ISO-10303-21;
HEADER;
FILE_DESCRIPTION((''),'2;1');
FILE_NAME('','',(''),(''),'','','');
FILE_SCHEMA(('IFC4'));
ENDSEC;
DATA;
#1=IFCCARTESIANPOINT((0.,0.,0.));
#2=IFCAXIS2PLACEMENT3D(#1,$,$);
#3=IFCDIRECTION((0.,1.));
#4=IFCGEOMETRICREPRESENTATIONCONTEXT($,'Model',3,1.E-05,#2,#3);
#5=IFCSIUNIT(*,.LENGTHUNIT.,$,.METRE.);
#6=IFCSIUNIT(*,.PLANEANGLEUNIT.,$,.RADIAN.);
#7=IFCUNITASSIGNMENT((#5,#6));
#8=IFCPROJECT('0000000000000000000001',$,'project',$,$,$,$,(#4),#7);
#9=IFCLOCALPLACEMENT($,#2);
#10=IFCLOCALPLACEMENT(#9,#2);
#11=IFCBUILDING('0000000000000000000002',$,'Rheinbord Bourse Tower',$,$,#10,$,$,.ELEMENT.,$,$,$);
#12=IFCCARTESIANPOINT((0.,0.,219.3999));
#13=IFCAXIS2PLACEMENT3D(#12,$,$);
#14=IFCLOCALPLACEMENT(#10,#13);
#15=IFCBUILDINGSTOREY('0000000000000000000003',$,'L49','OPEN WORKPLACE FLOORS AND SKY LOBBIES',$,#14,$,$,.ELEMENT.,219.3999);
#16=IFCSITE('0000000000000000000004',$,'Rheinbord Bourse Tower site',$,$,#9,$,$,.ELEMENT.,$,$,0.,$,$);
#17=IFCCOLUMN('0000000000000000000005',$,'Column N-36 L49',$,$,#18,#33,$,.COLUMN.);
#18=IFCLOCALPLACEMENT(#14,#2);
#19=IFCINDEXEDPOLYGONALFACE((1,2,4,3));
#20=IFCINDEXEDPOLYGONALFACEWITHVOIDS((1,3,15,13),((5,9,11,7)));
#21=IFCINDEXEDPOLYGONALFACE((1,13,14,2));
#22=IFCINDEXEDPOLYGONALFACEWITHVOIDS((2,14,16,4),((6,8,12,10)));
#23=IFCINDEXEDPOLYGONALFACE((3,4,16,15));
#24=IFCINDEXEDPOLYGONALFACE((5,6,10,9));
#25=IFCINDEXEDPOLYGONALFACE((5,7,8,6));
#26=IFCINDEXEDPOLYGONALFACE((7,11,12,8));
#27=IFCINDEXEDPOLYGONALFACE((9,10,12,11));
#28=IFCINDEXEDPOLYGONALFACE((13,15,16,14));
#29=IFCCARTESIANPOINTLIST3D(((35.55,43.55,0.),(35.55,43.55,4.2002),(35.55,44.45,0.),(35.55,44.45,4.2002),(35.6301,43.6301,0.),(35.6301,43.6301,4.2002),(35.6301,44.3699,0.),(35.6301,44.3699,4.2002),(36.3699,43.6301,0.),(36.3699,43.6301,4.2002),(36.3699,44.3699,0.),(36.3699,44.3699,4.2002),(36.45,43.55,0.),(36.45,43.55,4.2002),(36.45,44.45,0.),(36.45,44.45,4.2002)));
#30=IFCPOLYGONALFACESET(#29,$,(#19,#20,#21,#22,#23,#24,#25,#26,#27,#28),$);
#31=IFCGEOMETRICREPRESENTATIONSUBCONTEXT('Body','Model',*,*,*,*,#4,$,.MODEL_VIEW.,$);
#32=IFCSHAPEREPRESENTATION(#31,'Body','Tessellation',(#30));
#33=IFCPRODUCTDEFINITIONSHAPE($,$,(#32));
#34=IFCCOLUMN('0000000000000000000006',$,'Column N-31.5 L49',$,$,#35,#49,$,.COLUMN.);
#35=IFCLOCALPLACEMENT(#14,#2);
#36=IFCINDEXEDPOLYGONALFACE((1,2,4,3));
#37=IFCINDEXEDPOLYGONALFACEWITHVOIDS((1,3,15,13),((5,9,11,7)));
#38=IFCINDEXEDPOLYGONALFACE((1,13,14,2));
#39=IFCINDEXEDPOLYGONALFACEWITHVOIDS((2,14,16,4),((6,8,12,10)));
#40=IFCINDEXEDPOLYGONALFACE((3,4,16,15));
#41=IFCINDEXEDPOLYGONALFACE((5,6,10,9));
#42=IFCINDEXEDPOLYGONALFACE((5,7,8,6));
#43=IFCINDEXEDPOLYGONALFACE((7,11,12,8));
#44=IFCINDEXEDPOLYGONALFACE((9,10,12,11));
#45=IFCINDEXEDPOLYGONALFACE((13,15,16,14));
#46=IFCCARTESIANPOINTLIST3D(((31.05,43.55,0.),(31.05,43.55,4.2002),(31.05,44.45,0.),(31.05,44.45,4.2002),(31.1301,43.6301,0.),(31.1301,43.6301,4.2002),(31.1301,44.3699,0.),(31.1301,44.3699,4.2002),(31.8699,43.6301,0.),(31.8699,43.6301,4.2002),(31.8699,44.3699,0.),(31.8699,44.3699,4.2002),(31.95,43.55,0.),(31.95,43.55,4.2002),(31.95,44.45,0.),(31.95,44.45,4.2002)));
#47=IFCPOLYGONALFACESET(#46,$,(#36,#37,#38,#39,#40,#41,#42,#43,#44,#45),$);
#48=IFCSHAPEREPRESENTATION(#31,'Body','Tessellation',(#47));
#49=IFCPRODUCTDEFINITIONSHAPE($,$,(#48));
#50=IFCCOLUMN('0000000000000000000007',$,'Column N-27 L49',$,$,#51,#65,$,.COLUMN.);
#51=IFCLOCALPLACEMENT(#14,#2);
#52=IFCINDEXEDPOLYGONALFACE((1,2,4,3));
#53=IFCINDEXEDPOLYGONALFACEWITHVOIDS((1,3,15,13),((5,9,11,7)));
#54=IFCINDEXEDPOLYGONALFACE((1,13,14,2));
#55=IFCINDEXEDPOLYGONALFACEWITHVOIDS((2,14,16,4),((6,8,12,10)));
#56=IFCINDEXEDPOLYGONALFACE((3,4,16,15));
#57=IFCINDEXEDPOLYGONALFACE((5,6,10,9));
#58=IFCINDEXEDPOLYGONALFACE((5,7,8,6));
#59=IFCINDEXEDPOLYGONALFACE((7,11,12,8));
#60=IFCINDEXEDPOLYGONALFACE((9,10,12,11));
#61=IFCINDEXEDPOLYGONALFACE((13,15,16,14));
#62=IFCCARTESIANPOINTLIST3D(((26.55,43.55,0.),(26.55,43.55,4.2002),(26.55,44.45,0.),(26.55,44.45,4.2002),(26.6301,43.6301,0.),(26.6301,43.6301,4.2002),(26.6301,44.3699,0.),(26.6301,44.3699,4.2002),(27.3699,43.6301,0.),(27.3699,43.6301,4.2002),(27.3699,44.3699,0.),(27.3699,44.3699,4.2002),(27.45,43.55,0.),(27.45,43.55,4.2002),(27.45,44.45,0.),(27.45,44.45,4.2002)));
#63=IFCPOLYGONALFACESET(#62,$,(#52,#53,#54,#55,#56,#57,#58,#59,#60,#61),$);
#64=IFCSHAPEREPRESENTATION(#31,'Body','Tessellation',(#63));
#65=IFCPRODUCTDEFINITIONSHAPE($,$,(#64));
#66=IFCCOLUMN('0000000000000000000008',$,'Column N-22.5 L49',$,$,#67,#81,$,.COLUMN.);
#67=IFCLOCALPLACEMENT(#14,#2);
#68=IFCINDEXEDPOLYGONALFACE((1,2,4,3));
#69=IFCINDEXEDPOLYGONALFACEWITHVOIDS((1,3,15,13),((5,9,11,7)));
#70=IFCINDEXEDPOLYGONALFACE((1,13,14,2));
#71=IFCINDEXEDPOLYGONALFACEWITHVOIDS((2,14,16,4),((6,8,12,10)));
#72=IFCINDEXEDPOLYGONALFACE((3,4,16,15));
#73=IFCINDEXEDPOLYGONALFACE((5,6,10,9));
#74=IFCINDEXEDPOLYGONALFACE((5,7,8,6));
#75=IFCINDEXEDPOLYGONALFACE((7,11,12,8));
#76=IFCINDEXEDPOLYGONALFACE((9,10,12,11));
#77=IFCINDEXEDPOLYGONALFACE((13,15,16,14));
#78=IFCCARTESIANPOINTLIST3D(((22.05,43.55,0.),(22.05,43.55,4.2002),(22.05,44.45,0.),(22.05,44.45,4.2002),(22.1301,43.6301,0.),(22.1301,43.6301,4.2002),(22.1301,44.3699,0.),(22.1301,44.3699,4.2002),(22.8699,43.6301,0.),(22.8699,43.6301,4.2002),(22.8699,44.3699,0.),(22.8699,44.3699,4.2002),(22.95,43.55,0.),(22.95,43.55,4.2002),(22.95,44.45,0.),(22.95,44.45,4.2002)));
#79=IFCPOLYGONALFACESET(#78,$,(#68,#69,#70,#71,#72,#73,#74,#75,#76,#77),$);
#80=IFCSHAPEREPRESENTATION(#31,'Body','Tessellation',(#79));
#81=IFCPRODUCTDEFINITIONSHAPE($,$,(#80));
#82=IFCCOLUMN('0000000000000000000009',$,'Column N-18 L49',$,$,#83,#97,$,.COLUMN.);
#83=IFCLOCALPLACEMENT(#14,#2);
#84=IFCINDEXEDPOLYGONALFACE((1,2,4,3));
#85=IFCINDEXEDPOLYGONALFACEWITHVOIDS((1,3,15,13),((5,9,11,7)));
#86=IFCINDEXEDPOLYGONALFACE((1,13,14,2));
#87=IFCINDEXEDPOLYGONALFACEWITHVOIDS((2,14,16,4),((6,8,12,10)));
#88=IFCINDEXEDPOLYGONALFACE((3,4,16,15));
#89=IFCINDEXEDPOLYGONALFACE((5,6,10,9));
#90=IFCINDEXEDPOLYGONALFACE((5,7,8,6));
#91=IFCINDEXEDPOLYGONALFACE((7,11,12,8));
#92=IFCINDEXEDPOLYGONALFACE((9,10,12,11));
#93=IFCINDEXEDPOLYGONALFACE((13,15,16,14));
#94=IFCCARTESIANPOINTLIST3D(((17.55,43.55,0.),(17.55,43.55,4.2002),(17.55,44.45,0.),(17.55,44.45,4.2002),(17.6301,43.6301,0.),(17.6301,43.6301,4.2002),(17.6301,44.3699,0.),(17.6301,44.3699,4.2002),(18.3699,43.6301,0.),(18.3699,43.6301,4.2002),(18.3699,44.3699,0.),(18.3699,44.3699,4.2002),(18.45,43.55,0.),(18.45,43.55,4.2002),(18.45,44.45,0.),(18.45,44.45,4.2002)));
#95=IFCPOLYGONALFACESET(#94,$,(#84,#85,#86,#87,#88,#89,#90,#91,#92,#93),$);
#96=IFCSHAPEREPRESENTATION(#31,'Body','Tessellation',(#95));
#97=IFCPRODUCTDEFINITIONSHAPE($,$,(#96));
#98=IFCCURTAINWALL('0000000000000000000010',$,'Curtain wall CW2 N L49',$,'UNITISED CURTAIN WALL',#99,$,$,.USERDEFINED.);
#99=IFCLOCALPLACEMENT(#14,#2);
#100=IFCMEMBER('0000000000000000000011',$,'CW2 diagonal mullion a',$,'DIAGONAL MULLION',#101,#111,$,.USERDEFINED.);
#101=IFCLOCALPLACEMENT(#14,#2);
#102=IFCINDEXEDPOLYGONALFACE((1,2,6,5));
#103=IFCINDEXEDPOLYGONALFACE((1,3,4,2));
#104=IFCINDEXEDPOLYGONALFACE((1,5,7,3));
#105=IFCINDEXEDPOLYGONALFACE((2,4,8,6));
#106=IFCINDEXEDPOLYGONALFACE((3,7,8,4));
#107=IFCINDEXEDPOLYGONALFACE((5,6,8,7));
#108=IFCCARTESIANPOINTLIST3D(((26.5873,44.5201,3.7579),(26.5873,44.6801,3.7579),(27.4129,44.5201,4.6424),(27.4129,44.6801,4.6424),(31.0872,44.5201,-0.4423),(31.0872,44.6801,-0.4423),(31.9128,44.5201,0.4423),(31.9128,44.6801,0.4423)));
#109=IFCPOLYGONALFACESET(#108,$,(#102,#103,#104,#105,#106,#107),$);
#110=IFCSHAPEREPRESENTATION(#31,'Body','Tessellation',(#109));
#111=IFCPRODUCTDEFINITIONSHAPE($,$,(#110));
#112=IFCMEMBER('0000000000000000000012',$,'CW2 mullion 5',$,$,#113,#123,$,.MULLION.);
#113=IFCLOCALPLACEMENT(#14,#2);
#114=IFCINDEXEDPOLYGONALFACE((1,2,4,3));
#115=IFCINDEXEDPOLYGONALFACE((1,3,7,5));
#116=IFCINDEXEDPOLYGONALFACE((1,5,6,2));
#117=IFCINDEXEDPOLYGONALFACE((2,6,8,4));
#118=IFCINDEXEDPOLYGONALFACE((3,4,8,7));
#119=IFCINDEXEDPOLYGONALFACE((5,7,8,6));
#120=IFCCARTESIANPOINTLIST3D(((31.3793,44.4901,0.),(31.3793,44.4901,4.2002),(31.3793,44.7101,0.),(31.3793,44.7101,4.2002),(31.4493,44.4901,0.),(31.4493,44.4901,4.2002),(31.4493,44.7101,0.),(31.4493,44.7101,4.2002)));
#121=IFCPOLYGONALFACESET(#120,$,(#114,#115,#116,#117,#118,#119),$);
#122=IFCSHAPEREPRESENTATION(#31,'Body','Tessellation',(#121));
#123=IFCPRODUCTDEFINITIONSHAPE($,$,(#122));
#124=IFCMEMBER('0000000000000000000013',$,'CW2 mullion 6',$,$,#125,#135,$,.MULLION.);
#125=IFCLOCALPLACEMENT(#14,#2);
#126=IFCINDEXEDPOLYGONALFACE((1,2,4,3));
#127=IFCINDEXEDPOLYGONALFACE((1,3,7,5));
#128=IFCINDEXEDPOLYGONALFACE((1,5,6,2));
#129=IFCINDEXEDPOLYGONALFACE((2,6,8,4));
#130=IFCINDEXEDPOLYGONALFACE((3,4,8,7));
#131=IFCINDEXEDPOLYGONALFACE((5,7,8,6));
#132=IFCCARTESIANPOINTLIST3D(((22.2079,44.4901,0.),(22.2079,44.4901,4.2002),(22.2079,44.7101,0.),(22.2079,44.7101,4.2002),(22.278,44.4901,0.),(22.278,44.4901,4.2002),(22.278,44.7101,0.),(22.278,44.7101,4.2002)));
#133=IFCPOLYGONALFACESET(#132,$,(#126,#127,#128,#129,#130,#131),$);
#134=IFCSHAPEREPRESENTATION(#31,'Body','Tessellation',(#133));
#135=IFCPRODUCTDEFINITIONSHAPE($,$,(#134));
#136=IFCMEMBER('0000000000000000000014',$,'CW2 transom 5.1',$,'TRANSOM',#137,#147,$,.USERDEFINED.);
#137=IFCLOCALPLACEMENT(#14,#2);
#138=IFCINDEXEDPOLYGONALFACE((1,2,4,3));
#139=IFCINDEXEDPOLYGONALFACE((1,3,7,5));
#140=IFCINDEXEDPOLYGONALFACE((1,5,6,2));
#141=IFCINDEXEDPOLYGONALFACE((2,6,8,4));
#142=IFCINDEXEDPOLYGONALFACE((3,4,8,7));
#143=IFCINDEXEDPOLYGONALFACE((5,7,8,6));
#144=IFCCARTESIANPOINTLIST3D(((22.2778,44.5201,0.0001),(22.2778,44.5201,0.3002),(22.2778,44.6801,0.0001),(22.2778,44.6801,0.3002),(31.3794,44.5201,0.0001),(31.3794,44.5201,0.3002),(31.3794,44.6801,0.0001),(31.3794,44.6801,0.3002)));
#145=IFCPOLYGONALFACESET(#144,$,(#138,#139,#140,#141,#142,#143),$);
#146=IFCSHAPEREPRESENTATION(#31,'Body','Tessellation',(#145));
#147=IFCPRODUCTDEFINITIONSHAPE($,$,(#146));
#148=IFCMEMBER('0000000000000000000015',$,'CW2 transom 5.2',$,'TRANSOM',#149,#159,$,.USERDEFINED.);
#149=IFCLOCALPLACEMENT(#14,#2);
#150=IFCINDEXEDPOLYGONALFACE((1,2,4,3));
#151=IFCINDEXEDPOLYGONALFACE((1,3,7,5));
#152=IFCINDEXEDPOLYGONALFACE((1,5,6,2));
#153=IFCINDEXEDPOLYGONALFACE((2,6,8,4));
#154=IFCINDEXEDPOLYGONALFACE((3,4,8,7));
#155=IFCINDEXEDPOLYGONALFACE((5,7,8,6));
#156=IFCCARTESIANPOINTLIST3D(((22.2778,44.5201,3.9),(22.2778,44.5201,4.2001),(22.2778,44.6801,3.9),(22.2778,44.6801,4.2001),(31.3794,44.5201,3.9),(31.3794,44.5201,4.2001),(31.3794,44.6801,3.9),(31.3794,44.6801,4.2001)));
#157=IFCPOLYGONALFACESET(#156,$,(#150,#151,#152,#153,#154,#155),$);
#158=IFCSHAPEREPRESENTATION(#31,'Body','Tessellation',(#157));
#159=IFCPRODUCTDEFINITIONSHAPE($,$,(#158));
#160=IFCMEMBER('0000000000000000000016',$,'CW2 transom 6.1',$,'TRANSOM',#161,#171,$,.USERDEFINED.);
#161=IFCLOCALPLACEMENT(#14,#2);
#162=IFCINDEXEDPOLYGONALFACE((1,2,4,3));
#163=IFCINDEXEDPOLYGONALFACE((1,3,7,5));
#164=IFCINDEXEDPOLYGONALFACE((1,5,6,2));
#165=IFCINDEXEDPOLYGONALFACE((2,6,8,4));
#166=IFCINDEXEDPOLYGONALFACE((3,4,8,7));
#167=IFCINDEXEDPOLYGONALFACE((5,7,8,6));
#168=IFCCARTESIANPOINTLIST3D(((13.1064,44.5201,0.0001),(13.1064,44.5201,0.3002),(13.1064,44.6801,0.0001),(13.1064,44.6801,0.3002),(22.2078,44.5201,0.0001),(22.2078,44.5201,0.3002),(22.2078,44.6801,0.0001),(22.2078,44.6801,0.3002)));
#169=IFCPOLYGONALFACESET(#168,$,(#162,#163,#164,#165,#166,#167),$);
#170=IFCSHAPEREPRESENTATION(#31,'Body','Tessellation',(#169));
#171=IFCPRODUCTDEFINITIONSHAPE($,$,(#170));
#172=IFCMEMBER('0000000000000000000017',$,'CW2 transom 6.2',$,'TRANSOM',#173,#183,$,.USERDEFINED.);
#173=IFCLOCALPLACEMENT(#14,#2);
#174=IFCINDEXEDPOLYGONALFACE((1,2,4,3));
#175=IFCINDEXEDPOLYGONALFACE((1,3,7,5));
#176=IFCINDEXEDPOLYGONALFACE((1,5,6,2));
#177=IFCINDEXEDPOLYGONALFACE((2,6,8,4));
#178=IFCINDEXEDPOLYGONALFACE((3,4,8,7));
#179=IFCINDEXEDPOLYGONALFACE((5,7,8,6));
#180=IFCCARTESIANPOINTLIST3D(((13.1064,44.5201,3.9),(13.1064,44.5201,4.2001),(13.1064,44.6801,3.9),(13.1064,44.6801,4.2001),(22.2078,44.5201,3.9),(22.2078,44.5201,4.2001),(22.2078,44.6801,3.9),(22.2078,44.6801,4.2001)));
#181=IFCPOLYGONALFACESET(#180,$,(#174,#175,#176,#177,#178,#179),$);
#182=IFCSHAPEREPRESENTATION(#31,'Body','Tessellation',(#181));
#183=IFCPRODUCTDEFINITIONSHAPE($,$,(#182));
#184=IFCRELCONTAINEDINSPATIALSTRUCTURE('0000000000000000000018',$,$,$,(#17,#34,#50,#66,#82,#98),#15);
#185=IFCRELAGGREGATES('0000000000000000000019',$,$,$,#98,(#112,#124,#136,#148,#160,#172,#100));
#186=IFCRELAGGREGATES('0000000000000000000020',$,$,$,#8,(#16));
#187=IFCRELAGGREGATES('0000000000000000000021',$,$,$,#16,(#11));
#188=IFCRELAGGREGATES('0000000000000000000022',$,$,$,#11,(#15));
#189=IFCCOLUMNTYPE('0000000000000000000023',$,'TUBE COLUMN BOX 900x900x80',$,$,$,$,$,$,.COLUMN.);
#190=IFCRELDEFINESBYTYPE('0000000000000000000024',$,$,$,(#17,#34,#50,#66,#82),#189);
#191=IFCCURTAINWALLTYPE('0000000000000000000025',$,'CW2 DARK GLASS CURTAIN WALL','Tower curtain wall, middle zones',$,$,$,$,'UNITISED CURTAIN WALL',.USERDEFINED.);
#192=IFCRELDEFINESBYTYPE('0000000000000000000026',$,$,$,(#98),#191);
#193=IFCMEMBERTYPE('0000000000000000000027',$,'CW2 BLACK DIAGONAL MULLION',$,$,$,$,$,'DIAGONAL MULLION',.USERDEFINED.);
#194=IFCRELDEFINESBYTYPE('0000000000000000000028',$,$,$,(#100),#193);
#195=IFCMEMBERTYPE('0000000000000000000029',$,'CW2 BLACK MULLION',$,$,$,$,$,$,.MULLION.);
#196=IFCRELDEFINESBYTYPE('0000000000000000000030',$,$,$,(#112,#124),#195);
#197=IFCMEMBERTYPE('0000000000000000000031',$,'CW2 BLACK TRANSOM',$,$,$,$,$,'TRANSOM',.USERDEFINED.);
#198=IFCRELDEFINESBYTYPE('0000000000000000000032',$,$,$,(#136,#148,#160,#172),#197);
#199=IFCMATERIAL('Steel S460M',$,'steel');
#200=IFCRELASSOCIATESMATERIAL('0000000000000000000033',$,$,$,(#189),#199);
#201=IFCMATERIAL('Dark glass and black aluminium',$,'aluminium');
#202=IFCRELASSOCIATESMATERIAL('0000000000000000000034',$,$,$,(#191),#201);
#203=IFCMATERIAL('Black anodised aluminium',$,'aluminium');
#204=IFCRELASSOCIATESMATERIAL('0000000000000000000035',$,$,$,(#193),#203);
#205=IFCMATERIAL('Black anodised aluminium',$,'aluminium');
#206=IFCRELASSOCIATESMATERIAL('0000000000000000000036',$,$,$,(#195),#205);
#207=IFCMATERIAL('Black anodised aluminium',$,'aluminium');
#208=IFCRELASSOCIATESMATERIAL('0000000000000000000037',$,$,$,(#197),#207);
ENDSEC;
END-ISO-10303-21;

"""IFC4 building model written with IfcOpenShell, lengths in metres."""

from ifc_helpers import new_model, si_unit, direction, frame, origin, origin_2d, place, context, subcontext, project, spatial, rectangle, hollow_rectangle, extrude, material, material_profile, profile_set, type_object, element, aggregate, save


model = new_model("IFC4")

# Units and contexts
model_context = context("Model", 3, precision=1e-05, world=origin(), true_north=direction((0.0, 1.0)))
body_context = subcontext(model_context, "Body", "Model", "MODEL_VIEW")
ifc_project = project(units=[si_unit("LENGTHUNIT", "METRE"), si_unit("PLANEANGLEUNIT", "RADIAN")], contexts=[model_context])

# Site, building, storey
site_placement = place(None, origin())
site = spatial("IfcSite", under=ifc_project, at=site_placement, Name="Rheinbord Bourse Tower site", CompositionType="ELEMENT", RefElevation=0.0)
building_placement = place(site_placement, origin())
building = spatial("IfcBuilding", under=site, at=building_placement, Name="Rheinbord Bourse Tower", CompositionType="ELEMENT")
storey_placement = place(building_placement, frame((0.0, 0.0, 219.3999)))
storey = spatial("IfcBuildingStorey", under=building, at=storey_placement, Name="L49", Description="OPEN WORKPLACE FLOORS AND SKY LOBBIES", CompositionType="ELEMENT", Elevation=219.3999)

# Columns
ifc_material_1 = material(Name="Steel S460M", Category="steel")
ifc_material_profile_1 = material_profile(ifc_material_1, hollow_rectangle(XDim=0.8999, YDim=0.8999, WallThickness=0.0801, at=origin_2d()), Name="BOX 900x900x80")
ifc_profile_set_1 = profile_set([ifc_material_profile_1], Name="Steel S460M")
column_type = type_object("IfcColumnType", Name="TUBE COLUMN BOX 900x900x80", PredefinedType="COLUMN", material=ifc_profile_set_1)
for number, where, z_axis, x_axis, name in (
    (1, (36.0, 44.0, 0.0), (0.0, 0.0, 1.0), (0.0, 1.0, 0.0), "Column N-36 L49"),
    (2, (31.5, 44.0, 0.0), (0.0, 0.0, 1.0), (0.0, 1.0, 0.0), "Column N-31.5 L49"),
    (3, (27.0, 44.0, 0.0), (0.0, 0.0, 1.0), (0.0, 1.0, 0.0), "Column N-27 L49"),
    (4, (22.5, 44.0, 0.0), (0.0, 0.0, 1.0), (0.0, 1.0, 0.0), "Column N-22.5 L49"),
    (5, (18.0, 44.0, 0.0), (0.0, 0.0, 1.0), (0.0, 1.0, 0.0), "Column N-18 L49"),
):
    element("IfcColumn", number, at=place(storey_placement, frame(where, z_axis=z_axis, x_axis=x_axis)), inside=storey, type_object=column_type, Name=name, PredefinedType="COLUMN", context=body_context, shape_type="SweptSolid", body=[
        extrude(hollow_rectangle(XDim=0.8999, YDim=0.8999, WallThickness=0.0801, at=origin_2d()), origin(), (0.0, 0.0, 1.0), 4.2002),
    ])

# Curtain wall, members
ifc_material_2 = material(Name="Dark glass and black aluminium", Category="aluminium")
curtain_wall_type = type_object("IfcCurtainWallType", Name="CW2 DARK GLASS CURTAIN WALL", Description="Tower curtain wall, middle zones", ElementType="UNITISED CURTAIN WALL", PredefinedType="USERDEFINED", material=ifc_material_2)
curtain_wall_placement = place(storey_placement, origin())
curtain_wall = element("IfcCurtainWall", 6, at=curtain_wall_placement, inside=storey, type_object=curtain_wall_type, Name="Curtain wall CW2 N L49", ObjectType="UNITISED CURTAIN WALL", PredefinedType="USERDEFINED")
ifc_material_3 = material(Name="Black anodised aluminium", Category="aluminium")
ifc_material_profile_2 = material_profile(ifc_material_3, rectangle(XDim=0.1599, YDim=1.21, at=origin_2d()), Name="CW2 DIAGONAL MULLION 1210x160")
ifc_profile_set_2 = profile_set([ifc_material_profile_2], Name="Black anodised aluminium")
member_type_1 = type_object("IfcMemberType", Name="CW2 BLACK DIAGONAL MULLION", ElementType="DIAGONAL MULLION", PredefinedType="USERDEFINED", material=ifc_profile_set_2)
member_1_placement = place(storey_placement, frame((31.5, 44.6001, 0.0), z_axis=(-0.731039, 0.0, 0.682335), x_axis=(0.0, -1.0, 0.0)))
member_1 = element("IfcMember", 7, at=member_1_placement, type_object=member_type_1, Name="CW2 diagonal mullion a", ObjectType="DIAGONAL MULLION", PredefinedType="USERDEFINED", context=body_context, shape_type="SweptSolid", body=[
    extrude(rectangle(XDim=0.1599, YDim=1.21, at=origin_2d()), origin(), (0.0, 0.0, 1.0), 6.1555),
])
ifc_material_4 = material(Name="Black anodised aluminium", Category="aluminium")
ifc_material_profile_3 = material_profile(ifc_material_4, rectangle(XDim=0.22, YDim=0.0701, at=origin_2d()), Name="CW2 MULLION 70x220")
ifc_profile_set_3 = profile_set([ifc_material_profile_3], Name="Black anodised aluminium")
member_type_2 = type_object("IfcMemberType", Name="CW2 BLACK MULLION", PredefinedType="MULLION", material=ifc_profile_set_3)
member_2_placement = place(storey_placement, frame((31.4143, 44.6001, 0.0), z_axis=(0.0, 0.0, 1.0), x_axis=(0.0, -1.0, 0.0)))
member_2 = element("IfcMember", 8, at=member_2_placement, type_object=member_type_2, Name="CW2 mullion 5", PredefinedType="MULLION", context=body_context, shape_type="SweptSolid", body=[
    extrude(rectangle(XDim=0.22, YDim=0.0701, at=origin_2d()), origin(), (0.0, 0.0, 1.0), 4.2002),
])
member_3_placement = place(storey_placement, frame((22.2429, 44.6001, 0.0), z_axis=(0.0, 0.0, 1.0), x_axis=(0.0, -1.0, 0.0)))
member_3 = element("IfcMember", 9, at=member_3_placement, type_object=member_type_2, Name="CW2 mullion 6", PredefinedType="MULLION", context=body_context, shape_type="SweptSolid", body=[
    extrude(rectangle(XDim=0.22, YDim=0.0701, at=origin_2d()), origin(), (0.0, 0.0, 1.0), 4.2002),
])
ifc_material_5 = material(Name="Black anodised aluminium", Category="aluminium")
ifc_material_profile_4 = material_profile(ifc_material_5, rectangle(XDim=0.1599, YDim=0.3, at=origin_2d()), Name="CW2 TRANSOM 300x160")
ifc_profile_set_4 = profile_set([ifc_material_profile_4], Name="Black anodised aluminium")
member_type_3 = type_object("IfcMemberType", Name="CW2 BLACK TRANSOM", ElementType="TRANSOM", PredefinedType="USERDEFINED", material=ifc_profile_set_4)
member_4_placement = place(storey_placement, frame((31.3794, 44.6001, 0.1501), z_axis=(-1.0, 0.0, 0.0), x_axis=(0.0, -1.0, 0.0)))
member_4 = element("IfcMember", 10, at=member_4_placement, type_object=member_type_3, Name="CW2 transom 5.1", ObjectType="TRANSOM", PredefinedType="USERDEFINED", context=body_context, shape_type="SweptSolid", body=[
    extrude(rectangle(XDim=0.1599, YDim=0.3, at=origin_2d()), origin(), (0.0, 0.0, 1.0), 9.1016),
])
member_5_placement = place(storey_placement, frame((31.3794, 44.6001, 4.05), z_axis=(-1.0, 0.0, 0.0), x_axis=(0.0, -1.0, 0.0)))
member_5 = element("IfcMember", 11, at=member_5_placement, type_object=member_type_3, Name="CW2 transom 5.2", ObjectType="TRANSOM", PredefinedType="USERDEFINED", context=body_context, shape_type="SweptSolid", body=[
    extrude(rectangle(XDim=0.1599, YDim=0.3, at=origin_2d()), origin(), (0.0, 0.0, 1.0), 9.1016),
])
member_6_placement = place(storey_placement, frame((22.2078, 44.6001, 0.1501), z_axis=(-1.0, 0.0, 0.0), x_axis=(0.0, -1.0, 0.0)))
member_6 = element("IfcMember", 12, at=member_6_placement, type_object=member_type_3, Name="CW2 transom 6.1", ObjectType="TRANSOM", PredefinedType="USERDEFINED", context=body_context, shape_type="SweptSolid", body=[
    extrude(rectangle(XDim=0.1599, YDim=0.3, at=origin_2d()), origin(), (0.0, 0.0, 1.0), 9.1013),
])
member_7_placement = place(storey_placement, frame((22.2078, 44.6001, 4.05), z_axis=(-1.0, 0.0, 0.0), x_axis=(0.0, -1.0, 0.0)))
member_7 = element("IfcMember", 13, at=member_7_placement, type_object=member_type_3, Name="CW2 transom 6.2", ObjectType="TRANSOM", PredefinedType="USERDEFINED", context=body_context, shape_type="SweptSolid", body=[
    extrude(rectangle(XDim=0.1599, YDim=0.3, at=origin_2d()), origin(), (0.0, 0.0, 1.0), 9.1013),
])

aggregate(curtain_wall, [member_2, member_3, member_4, member_5, member_6, member_7, member_1])

save(model, "model.ifc")
